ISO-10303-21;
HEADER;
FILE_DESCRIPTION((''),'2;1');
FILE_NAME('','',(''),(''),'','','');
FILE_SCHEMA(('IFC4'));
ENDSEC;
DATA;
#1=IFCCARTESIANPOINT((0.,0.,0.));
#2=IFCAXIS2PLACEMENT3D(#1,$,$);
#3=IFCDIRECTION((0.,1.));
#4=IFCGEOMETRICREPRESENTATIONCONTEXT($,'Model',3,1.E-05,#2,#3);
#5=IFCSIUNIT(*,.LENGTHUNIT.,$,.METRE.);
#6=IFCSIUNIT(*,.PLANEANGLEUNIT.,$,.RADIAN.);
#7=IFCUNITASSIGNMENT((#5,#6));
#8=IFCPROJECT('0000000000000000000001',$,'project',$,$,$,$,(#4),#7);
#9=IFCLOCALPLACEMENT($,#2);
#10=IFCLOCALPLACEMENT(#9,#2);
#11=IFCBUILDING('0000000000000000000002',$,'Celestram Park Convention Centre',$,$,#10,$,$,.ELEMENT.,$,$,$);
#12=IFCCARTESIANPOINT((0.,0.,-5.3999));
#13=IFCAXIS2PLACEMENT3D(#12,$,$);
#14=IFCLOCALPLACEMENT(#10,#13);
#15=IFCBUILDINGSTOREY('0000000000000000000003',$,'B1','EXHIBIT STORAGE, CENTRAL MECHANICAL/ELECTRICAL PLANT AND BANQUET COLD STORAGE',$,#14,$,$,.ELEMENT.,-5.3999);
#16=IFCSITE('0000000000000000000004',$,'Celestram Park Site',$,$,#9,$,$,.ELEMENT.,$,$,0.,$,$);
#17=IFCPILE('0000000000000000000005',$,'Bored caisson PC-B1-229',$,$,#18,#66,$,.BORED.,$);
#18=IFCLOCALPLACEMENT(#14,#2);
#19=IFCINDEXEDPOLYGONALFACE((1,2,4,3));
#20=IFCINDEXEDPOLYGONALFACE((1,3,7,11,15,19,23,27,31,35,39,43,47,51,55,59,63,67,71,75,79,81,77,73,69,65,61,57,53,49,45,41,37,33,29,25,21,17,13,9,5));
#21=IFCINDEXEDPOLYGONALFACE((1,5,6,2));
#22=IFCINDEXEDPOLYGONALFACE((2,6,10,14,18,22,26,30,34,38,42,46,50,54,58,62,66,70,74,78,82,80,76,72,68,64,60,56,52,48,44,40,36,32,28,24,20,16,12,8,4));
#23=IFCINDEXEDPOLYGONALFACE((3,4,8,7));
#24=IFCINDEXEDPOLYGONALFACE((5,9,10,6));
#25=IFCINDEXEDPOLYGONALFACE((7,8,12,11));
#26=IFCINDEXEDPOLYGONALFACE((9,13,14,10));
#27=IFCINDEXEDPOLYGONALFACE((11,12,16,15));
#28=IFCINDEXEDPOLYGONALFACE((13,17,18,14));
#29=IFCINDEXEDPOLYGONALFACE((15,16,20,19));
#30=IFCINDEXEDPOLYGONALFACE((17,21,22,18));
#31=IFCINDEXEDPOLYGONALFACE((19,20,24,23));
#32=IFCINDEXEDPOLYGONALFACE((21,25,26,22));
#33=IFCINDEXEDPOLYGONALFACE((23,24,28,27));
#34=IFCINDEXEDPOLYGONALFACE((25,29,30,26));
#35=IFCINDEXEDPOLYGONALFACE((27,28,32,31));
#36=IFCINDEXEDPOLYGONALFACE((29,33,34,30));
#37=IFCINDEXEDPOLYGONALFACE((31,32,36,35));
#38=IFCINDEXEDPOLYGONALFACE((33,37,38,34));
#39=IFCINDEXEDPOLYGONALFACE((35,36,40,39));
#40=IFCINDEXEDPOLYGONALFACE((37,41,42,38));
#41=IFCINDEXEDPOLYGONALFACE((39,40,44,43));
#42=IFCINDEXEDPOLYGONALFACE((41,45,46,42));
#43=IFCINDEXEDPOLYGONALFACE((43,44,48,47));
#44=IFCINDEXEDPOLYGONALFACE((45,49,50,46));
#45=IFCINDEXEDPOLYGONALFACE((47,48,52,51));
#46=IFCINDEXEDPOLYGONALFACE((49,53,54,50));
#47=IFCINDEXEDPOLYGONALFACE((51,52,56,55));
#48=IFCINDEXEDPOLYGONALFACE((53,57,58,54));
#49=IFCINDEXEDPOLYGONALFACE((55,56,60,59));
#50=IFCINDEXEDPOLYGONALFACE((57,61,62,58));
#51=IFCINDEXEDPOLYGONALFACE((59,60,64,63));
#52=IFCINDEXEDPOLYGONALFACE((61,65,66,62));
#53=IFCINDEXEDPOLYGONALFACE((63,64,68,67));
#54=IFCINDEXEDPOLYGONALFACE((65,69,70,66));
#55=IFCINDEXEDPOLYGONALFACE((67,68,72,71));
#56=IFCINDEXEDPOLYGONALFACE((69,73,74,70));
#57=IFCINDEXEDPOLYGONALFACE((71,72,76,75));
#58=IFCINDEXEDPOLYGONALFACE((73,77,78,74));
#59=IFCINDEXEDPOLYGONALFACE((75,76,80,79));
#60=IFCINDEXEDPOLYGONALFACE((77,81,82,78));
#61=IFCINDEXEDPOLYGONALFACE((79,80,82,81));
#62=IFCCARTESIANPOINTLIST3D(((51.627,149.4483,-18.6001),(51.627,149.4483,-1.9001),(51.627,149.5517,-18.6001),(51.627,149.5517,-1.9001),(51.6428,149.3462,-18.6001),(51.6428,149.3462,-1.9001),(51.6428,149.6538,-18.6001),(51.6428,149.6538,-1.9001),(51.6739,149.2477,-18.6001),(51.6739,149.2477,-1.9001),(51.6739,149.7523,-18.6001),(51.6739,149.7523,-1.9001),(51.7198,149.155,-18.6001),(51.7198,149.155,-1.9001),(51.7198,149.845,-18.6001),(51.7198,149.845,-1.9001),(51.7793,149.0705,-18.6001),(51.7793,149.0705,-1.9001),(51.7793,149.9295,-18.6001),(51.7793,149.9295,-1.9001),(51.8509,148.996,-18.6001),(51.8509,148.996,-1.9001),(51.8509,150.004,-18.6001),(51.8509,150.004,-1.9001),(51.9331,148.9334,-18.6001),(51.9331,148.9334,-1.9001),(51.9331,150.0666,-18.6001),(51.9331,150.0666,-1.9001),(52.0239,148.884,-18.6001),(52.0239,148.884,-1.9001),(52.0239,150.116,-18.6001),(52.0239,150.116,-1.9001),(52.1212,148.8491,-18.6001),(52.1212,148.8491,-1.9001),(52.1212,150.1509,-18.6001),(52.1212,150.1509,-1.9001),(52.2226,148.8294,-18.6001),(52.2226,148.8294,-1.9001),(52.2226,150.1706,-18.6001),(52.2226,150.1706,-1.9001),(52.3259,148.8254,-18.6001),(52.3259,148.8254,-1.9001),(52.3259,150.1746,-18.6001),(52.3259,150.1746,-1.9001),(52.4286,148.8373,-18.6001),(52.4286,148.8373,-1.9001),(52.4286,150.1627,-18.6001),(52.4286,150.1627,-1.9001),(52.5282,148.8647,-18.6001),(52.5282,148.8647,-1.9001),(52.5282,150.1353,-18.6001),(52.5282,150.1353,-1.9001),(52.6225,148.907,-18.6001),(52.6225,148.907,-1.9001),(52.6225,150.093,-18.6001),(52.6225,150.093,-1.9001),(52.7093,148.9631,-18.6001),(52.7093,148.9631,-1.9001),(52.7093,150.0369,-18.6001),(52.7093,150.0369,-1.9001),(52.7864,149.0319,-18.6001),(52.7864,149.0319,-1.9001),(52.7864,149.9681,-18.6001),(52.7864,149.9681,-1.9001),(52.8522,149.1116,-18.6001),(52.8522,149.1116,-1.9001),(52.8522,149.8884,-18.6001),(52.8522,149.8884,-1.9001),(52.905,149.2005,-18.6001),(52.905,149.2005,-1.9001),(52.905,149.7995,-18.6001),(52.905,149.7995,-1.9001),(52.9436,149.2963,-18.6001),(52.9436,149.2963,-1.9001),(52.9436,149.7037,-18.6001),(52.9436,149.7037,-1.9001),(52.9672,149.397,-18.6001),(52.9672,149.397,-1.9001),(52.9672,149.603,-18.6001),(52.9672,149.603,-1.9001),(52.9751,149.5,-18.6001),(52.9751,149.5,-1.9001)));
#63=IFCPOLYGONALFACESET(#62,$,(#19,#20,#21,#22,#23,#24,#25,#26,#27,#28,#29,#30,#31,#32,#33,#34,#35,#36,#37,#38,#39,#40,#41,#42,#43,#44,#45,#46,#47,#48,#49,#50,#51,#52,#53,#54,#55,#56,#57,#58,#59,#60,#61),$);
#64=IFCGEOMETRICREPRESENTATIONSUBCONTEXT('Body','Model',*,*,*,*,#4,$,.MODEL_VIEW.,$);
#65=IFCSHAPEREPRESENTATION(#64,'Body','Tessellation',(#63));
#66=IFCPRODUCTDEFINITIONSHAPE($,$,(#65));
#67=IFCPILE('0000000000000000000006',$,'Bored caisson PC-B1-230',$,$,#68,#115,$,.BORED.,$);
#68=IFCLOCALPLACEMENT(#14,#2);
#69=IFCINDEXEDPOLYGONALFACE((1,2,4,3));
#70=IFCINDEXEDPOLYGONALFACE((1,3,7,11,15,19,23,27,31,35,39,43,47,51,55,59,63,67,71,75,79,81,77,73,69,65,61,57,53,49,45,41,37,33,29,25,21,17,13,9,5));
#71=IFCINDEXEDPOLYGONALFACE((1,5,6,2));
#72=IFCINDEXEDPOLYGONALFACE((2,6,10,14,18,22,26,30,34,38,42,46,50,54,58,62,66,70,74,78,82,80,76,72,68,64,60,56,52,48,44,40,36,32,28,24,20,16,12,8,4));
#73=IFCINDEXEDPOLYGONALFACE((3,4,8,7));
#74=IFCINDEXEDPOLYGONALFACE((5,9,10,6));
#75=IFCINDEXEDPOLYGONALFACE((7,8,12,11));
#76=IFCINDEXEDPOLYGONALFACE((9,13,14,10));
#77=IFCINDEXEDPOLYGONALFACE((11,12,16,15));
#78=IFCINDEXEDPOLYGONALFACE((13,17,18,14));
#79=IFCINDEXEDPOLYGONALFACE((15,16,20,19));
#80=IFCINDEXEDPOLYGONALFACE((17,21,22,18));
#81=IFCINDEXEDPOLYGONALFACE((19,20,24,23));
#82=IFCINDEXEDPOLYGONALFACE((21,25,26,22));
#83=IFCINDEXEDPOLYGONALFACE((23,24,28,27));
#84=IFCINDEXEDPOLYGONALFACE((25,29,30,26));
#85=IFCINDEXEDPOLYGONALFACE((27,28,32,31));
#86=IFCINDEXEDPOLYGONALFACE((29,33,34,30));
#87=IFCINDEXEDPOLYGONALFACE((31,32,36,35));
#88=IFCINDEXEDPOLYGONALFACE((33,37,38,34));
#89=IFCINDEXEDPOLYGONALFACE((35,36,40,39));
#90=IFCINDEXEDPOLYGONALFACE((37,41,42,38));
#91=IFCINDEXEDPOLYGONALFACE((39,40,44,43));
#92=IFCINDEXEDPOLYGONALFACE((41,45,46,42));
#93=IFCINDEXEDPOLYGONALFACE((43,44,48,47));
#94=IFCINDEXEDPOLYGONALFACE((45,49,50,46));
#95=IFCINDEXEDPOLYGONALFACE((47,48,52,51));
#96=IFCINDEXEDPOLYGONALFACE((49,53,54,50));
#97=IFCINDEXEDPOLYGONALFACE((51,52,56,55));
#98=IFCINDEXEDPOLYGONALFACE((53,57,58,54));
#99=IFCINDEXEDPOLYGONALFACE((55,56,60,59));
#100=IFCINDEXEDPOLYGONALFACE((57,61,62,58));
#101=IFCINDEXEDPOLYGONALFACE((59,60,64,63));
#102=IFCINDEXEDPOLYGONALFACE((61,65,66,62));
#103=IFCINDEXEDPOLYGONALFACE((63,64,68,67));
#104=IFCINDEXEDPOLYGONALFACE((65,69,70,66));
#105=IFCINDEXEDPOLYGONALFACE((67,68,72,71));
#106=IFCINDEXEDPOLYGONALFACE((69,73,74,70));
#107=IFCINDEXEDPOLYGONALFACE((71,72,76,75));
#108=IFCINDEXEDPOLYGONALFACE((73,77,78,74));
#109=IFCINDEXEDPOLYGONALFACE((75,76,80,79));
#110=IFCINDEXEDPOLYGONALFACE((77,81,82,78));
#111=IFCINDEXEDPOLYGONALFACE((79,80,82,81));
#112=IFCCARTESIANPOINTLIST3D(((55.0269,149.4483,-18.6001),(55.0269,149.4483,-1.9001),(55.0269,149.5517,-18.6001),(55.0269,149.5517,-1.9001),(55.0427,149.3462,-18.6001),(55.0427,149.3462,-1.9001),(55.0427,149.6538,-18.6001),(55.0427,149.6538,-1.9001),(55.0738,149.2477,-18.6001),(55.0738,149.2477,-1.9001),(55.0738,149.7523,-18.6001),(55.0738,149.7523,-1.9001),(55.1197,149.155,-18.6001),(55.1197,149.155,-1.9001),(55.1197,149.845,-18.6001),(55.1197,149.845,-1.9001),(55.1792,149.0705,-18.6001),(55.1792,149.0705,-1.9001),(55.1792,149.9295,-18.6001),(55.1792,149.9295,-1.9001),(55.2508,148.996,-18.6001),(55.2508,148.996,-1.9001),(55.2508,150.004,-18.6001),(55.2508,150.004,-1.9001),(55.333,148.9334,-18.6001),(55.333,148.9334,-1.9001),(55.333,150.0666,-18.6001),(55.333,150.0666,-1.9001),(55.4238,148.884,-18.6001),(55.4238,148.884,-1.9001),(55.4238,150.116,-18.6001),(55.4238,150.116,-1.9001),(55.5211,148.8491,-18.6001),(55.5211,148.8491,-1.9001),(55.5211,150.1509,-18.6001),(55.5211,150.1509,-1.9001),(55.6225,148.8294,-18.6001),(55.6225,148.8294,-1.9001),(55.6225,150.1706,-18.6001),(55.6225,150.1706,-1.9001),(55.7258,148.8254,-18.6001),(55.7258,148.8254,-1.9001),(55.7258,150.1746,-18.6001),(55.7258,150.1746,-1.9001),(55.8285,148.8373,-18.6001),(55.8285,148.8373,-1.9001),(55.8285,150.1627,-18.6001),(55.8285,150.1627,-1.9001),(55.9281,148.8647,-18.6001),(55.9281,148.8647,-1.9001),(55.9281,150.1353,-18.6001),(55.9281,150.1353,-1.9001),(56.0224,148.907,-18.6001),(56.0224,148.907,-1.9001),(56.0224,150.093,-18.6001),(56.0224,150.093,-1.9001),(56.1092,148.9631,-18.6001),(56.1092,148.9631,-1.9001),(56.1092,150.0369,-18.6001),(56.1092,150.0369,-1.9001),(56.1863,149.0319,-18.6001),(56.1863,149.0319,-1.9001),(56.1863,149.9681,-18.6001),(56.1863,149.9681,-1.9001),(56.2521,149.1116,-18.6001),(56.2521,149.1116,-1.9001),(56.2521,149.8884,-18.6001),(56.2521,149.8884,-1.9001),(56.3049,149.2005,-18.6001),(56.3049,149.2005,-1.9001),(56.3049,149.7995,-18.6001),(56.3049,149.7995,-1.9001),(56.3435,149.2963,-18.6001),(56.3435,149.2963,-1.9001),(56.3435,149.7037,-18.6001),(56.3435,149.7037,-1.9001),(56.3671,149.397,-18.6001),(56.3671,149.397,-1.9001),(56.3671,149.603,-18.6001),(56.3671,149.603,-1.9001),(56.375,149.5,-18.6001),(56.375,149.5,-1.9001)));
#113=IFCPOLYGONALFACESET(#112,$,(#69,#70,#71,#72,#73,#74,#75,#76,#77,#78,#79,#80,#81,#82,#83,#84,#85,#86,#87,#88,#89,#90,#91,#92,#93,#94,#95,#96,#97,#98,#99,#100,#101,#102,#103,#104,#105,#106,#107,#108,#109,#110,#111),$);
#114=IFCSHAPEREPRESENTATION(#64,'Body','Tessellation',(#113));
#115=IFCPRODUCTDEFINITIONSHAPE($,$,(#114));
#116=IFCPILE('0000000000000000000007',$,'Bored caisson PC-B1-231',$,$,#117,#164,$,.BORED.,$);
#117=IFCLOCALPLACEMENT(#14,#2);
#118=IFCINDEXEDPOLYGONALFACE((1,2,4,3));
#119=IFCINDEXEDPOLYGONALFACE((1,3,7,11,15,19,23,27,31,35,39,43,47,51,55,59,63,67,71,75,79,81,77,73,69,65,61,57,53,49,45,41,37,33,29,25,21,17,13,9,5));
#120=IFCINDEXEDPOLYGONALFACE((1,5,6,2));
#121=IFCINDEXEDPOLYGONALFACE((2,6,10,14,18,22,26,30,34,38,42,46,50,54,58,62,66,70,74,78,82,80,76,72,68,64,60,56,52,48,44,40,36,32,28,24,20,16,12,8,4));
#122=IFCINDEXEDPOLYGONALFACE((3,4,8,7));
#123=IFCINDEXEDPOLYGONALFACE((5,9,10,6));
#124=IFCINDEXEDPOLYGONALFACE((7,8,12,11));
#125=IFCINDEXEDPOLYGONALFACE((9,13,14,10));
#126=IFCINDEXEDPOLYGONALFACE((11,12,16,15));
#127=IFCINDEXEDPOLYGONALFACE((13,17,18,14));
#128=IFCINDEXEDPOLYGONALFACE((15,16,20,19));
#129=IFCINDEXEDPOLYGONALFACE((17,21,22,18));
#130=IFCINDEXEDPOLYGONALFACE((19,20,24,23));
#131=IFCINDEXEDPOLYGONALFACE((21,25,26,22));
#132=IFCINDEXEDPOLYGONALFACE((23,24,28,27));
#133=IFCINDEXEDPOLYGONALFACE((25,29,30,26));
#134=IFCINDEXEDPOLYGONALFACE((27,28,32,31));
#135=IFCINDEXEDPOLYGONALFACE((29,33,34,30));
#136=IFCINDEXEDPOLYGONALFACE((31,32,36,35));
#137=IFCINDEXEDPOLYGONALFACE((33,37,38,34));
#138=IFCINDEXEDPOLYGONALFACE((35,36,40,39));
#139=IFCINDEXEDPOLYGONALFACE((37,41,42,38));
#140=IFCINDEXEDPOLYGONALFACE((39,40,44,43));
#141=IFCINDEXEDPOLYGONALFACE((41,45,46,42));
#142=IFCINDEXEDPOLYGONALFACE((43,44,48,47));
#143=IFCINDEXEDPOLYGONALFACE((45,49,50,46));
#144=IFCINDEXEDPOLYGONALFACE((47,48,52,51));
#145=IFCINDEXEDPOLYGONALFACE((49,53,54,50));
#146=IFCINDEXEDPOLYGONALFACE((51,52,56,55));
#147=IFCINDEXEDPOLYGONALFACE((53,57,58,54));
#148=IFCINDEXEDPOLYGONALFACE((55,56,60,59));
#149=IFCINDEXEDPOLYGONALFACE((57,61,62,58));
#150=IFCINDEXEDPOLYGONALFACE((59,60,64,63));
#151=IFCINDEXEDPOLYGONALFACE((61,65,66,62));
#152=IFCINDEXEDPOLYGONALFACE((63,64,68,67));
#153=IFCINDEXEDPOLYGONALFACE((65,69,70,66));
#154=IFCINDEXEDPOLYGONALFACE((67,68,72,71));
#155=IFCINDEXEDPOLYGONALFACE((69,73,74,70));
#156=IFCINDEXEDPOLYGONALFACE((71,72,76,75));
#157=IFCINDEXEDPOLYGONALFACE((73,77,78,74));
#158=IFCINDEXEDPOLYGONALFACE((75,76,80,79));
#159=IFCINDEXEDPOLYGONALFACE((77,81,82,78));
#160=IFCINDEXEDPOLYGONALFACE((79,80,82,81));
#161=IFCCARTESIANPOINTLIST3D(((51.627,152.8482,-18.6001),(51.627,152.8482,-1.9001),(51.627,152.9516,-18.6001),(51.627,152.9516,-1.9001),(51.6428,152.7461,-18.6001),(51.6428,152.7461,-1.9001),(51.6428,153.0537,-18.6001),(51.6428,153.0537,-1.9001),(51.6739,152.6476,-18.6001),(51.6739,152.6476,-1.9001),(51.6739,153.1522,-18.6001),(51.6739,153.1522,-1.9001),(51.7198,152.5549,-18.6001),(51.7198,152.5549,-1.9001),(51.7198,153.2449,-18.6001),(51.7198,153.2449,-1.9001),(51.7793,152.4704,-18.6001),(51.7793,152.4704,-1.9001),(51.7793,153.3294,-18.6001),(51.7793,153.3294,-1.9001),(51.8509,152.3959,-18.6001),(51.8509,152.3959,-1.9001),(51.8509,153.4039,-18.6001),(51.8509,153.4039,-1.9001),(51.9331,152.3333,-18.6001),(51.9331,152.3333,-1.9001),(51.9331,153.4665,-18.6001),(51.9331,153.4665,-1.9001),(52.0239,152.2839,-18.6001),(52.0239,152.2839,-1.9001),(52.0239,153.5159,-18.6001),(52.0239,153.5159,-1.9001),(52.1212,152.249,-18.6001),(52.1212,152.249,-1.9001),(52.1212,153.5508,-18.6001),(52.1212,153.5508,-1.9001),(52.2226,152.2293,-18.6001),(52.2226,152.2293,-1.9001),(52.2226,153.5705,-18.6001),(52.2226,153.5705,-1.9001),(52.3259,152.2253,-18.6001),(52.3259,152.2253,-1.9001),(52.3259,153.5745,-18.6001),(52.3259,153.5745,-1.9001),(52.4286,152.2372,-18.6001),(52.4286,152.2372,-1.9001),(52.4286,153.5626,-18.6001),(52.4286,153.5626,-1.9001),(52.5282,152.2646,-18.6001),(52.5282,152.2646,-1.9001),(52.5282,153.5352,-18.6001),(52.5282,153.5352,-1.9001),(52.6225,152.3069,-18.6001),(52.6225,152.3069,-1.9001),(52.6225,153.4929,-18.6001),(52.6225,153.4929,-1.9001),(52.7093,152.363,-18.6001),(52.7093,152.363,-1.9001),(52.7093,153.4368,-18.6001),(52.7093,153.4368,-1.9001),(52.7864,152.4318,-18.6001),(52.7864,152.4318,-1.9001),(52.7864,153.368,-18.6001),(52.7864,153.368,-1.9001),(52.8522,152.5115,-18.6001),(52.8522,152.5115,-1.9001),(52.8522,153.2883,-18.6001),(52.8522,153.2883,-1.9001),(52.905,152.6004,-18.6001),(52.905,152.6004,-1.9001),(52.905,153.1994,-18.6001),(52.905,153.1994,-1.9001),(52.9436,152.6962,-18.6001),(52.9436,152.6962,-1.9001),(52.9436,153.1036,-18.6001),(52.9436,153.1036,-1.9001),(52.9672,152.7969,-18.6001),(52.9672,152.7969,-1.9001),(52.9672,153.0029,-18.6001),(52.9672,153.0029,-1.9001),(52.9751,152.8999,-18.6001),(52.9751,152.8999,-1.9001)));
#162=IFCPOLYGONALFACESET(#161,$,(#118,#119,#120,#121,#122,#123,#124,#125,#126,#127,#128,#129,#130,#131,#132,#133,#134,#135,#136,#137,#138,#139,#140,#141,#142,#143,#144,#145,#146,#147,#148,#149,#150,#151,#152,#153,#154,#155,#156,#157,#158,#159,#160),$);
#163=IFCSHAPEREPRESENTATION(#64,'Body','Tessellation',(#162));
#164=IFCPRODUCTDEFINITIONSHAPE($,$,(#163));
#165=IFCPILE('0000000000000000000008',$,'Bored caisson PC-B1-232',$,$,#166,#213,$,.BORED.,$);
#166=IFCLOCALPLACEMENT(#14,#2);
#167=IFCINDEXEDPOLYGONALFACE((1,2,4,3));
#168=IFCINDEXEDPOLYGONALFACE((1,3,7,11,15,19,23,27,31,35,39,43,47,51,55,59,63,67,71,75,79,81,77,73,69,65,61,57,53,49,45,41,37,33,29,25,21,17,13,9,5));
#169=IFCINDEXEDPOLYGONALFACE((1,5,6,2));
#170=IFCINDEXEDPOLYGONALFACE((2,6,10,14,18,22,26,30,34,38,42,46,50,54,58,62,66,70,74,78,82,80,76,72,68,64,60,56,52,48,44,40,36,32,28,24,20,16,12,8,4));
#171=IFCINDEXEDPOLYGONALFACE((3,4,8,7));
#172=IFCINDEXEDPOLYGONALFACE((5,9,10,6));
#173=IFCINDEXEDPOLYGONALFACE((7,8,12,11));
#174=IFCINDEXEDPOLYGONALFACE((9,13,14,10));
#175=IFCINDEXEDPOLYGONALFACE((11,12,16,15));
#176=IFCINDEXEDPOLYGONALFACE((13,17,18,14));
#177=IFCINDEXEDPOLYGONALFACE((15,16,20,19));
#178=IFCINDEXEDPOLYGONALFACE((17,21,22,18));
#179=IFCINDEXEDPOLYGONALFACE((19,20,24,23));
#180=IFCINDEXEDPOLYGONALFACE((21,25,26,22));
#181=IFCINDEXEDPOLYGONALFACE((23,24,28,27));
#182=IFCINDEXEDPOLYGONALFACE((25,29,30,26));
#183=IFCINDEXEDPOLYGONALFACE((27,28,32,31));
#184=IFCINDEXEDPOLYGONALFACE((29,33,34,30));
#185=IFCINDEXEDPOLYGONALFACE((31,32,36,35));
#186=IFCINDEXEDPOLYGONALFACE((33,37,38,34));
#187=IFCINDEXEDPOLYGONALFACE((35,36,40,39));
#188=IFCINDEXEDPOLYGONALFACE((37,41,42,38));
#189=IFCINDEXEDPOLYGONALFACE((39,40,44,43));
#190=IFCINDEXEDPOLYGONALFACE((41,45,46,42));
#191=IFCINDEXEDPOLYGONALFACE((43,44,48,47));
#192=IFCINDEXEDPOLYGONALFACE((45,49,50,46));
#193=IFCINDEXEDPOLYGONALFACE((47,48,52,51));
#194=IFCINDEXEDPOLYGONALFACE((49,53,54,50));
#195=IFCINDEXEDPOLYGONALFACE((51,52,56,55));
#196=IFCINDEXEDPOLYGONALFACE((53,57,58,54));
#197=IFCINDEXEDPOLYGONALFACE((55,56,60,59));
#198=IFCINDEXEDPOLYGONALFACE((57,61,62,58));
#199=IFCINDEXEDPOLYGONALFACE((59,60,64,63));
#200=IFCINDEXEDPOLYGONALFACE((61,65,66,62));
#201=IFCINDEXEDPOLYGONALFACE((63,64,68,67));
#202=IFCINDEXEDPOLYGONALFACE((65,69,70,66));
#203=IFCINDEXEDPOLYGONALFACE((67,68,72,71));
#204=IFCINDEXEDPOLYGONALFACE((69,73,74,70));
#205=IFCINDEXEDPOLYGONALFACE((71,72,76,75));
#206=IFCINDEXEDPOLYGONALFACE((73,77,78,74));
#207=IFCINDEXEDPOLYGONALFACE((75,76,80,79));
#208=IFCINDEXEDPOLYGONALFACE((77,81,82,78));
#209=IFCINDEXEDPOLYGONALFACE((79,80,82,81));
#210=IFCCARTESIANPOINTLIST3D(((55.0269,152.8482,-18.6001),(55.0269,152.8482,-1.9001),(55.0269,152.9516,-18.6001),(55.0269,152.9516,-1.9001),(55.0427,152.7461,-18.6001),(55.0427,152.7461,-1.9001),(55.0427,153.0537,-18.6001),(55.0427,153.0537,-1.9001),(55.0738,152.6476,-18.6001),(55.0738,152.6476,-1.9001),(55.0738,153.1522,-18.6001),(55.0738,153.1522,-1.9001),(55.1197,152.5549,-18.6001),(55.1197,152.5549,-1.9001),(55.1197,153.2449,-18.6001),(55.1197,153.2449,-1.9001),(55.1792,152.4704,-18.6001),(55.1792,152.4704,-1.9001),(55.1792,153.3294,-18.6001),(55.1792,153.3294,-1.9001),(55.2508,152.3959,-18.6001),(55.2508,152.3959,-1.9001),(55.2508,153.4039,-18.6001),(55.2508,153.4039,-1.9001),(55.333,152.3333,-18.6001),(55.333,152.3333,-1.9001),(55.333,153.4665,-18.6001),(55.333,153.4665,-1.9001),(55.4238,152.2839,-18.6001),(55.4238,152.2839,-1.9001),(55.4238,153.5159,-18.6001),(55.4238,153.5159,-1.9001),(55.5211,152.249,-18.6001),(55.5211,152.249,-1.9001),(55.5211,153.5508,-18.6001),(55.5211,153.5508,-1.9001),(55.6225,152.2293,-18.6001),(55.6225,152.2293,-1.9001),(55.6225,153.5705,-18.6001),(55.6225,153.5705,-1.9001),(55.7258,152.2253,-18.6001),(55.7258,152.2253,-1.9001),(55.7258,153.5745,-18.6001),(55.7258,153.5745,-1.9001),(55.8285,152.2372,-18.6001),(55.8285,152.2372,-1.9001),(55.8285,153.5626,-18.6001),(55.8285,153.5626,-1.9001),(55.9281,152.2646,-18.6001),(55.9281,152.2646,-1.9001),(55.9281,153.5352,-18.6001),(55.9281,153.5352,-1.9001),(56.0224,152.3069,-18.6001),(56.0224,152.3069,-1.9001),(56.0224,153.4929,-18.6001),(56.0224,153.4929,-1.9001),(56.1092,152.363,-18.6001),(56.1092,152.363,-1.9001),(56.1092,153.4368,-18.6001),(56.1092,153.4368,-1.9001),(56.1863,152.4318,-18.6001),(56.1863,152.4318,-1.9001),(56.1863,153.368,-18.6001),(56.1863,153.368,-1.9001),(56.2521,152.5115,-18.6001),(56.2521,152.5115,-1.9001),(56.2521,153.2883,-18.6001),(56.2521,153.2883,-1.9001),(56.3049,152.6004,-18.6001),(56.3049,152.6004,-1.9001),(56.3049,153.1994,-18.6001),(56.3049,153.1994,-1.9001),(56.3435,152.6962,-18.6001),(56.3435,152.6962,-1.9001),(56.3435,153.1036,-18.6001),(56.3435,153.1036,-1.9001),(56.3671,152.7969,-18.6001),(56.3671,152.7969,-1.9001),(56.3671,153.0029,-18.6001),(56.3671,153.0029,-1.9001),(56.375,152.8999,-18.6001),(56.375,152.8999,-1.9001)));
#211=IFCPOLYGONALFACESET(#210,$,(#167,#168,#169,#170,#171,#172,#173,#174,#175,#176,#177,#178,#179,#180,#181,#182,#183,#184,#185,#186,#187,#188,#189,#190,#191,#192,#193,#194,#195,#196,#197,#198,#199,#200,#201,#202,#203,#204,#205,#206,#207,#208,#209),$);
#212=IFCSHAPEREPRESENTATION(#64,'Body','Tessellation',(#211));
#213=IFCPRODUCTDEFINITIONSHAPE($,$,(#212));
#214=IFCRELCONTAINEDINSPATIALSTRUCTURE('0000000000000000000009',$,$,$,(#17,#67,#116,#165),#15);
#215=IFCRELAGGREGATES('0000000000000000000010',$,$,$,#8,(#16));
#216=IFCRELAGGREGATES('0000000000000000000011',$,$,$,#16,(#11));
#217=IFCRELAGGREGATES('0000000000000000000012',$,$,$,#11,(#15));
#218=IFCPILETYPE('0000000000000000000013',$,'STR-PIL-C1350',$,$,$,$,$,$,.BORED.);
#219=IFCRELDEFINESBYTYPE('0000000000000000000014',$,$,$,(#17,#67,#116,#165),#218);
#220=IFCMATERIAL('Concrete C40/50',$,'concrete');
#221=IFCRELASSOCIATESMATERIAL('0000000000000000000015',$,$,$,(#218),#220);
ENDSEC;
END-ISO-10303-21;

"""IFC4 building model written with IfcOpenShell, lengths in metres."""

from ifc_helpers import new_model, si_unit, direction, frame, origin, origin_2d, place, context, subcontext, project, spatial, circle, extrude, material, material_profile, profile_set, type_object, element, save


model = new_model("IFC4")

# Units and contexts
model_context = context("Model", 3, precision=1e-05, world=origin(), true_north=direction((0.0, 1.0)))
body_context = subcontext(model_context, "Body", "Model", "MODEL_VIEW")
ifc_project = project(units=[si_unit("LENGTHUNIT", "METRE"), si_unit("PLANEANGLEUNIT", "RADIAN")], contexts=[model_context])

# Site, building, storey
site_placement = place(None, origin())
site = spatial("IfcSite", under=ifc_project, at=site_placement, Name="Celestram Park Site", CompositionType="ELEMENT", RefElevation=0.0)
building_placement = place(site_placement, origin())
building = spatial("IfcBuilding", under=site, at=building_placement, Name="Celestram Park Convention Centre", CompositionType="ELEMENT")
storey_placement = place(building_placement, frame((0.0, 0.0, -5.3999)))
storey = spatial("IfcBuildingStorey", under=building, at=storey_placement, Name="B1", Description="EXHIBIT STORAGE, CENTRAL MECHANICAL/ELECTRICAL PLANT AND BANQUET COLD STORAGE", CompositionType="ELEMENT", Elevation=-5.3999)

# Shared definitions
ifc_material_1 = material(Name="Concrete C40/50", Category="concrete")

# Piles
ifc_material_profile_1 = material_profile(ifc_material_1, circle(Radius=0.675, at=origin_2d()), Name="CAISSON1350")
ifc_profile_set_1 = profile_set([ifc_material_profile_1], Name="Concrete C40/50")
pile_type = type_object("IfcPileType", Name="STR-PIL-C1350", PredefinedType="BORED", material=ifc_profile_set_1)
for number, where, z_axis, x_axis, name in (
    (1, (52.3, 149.5, -1.9001), (0.0, 0.0, -1.0), (1.0, 0.0, 0.0), "Bored caisson PC-B1-229"),
    (2, (55.7, 149.5, -1.9001), (0.0, 0.0, -1.0), (1.0, 0.0, 0.0), "Bored caisson PC-B1-230"),
    (3, (52.3, 152.8999, -1.9001), (0.0, 0.0, -1.0), (1.0, 0.0, 0.0), "Bored caisson PC-B1-231"),
    (4, (55.7, 152.8999, -1.9001), (0.0, 0.0, -1.0), (1.0, 0.0, 0.0), "Bored caisson PC-B1-232"),
):
    element("IfcPile", number, at=place(storey_placement, frame(where, z_axis=z_axis, x_axis=x_axis)), inside=storey, type_object=pile_type, Name=name, PredefinedType="BORED", context=body_context, shape_type="SweptSolid", body=[
        extrude(circle(Radius=0.675, at=origin_2d()), origin(), (0.0, 0.0, 1.0), 16.7),
    ])

save(model, "model.ifc")
